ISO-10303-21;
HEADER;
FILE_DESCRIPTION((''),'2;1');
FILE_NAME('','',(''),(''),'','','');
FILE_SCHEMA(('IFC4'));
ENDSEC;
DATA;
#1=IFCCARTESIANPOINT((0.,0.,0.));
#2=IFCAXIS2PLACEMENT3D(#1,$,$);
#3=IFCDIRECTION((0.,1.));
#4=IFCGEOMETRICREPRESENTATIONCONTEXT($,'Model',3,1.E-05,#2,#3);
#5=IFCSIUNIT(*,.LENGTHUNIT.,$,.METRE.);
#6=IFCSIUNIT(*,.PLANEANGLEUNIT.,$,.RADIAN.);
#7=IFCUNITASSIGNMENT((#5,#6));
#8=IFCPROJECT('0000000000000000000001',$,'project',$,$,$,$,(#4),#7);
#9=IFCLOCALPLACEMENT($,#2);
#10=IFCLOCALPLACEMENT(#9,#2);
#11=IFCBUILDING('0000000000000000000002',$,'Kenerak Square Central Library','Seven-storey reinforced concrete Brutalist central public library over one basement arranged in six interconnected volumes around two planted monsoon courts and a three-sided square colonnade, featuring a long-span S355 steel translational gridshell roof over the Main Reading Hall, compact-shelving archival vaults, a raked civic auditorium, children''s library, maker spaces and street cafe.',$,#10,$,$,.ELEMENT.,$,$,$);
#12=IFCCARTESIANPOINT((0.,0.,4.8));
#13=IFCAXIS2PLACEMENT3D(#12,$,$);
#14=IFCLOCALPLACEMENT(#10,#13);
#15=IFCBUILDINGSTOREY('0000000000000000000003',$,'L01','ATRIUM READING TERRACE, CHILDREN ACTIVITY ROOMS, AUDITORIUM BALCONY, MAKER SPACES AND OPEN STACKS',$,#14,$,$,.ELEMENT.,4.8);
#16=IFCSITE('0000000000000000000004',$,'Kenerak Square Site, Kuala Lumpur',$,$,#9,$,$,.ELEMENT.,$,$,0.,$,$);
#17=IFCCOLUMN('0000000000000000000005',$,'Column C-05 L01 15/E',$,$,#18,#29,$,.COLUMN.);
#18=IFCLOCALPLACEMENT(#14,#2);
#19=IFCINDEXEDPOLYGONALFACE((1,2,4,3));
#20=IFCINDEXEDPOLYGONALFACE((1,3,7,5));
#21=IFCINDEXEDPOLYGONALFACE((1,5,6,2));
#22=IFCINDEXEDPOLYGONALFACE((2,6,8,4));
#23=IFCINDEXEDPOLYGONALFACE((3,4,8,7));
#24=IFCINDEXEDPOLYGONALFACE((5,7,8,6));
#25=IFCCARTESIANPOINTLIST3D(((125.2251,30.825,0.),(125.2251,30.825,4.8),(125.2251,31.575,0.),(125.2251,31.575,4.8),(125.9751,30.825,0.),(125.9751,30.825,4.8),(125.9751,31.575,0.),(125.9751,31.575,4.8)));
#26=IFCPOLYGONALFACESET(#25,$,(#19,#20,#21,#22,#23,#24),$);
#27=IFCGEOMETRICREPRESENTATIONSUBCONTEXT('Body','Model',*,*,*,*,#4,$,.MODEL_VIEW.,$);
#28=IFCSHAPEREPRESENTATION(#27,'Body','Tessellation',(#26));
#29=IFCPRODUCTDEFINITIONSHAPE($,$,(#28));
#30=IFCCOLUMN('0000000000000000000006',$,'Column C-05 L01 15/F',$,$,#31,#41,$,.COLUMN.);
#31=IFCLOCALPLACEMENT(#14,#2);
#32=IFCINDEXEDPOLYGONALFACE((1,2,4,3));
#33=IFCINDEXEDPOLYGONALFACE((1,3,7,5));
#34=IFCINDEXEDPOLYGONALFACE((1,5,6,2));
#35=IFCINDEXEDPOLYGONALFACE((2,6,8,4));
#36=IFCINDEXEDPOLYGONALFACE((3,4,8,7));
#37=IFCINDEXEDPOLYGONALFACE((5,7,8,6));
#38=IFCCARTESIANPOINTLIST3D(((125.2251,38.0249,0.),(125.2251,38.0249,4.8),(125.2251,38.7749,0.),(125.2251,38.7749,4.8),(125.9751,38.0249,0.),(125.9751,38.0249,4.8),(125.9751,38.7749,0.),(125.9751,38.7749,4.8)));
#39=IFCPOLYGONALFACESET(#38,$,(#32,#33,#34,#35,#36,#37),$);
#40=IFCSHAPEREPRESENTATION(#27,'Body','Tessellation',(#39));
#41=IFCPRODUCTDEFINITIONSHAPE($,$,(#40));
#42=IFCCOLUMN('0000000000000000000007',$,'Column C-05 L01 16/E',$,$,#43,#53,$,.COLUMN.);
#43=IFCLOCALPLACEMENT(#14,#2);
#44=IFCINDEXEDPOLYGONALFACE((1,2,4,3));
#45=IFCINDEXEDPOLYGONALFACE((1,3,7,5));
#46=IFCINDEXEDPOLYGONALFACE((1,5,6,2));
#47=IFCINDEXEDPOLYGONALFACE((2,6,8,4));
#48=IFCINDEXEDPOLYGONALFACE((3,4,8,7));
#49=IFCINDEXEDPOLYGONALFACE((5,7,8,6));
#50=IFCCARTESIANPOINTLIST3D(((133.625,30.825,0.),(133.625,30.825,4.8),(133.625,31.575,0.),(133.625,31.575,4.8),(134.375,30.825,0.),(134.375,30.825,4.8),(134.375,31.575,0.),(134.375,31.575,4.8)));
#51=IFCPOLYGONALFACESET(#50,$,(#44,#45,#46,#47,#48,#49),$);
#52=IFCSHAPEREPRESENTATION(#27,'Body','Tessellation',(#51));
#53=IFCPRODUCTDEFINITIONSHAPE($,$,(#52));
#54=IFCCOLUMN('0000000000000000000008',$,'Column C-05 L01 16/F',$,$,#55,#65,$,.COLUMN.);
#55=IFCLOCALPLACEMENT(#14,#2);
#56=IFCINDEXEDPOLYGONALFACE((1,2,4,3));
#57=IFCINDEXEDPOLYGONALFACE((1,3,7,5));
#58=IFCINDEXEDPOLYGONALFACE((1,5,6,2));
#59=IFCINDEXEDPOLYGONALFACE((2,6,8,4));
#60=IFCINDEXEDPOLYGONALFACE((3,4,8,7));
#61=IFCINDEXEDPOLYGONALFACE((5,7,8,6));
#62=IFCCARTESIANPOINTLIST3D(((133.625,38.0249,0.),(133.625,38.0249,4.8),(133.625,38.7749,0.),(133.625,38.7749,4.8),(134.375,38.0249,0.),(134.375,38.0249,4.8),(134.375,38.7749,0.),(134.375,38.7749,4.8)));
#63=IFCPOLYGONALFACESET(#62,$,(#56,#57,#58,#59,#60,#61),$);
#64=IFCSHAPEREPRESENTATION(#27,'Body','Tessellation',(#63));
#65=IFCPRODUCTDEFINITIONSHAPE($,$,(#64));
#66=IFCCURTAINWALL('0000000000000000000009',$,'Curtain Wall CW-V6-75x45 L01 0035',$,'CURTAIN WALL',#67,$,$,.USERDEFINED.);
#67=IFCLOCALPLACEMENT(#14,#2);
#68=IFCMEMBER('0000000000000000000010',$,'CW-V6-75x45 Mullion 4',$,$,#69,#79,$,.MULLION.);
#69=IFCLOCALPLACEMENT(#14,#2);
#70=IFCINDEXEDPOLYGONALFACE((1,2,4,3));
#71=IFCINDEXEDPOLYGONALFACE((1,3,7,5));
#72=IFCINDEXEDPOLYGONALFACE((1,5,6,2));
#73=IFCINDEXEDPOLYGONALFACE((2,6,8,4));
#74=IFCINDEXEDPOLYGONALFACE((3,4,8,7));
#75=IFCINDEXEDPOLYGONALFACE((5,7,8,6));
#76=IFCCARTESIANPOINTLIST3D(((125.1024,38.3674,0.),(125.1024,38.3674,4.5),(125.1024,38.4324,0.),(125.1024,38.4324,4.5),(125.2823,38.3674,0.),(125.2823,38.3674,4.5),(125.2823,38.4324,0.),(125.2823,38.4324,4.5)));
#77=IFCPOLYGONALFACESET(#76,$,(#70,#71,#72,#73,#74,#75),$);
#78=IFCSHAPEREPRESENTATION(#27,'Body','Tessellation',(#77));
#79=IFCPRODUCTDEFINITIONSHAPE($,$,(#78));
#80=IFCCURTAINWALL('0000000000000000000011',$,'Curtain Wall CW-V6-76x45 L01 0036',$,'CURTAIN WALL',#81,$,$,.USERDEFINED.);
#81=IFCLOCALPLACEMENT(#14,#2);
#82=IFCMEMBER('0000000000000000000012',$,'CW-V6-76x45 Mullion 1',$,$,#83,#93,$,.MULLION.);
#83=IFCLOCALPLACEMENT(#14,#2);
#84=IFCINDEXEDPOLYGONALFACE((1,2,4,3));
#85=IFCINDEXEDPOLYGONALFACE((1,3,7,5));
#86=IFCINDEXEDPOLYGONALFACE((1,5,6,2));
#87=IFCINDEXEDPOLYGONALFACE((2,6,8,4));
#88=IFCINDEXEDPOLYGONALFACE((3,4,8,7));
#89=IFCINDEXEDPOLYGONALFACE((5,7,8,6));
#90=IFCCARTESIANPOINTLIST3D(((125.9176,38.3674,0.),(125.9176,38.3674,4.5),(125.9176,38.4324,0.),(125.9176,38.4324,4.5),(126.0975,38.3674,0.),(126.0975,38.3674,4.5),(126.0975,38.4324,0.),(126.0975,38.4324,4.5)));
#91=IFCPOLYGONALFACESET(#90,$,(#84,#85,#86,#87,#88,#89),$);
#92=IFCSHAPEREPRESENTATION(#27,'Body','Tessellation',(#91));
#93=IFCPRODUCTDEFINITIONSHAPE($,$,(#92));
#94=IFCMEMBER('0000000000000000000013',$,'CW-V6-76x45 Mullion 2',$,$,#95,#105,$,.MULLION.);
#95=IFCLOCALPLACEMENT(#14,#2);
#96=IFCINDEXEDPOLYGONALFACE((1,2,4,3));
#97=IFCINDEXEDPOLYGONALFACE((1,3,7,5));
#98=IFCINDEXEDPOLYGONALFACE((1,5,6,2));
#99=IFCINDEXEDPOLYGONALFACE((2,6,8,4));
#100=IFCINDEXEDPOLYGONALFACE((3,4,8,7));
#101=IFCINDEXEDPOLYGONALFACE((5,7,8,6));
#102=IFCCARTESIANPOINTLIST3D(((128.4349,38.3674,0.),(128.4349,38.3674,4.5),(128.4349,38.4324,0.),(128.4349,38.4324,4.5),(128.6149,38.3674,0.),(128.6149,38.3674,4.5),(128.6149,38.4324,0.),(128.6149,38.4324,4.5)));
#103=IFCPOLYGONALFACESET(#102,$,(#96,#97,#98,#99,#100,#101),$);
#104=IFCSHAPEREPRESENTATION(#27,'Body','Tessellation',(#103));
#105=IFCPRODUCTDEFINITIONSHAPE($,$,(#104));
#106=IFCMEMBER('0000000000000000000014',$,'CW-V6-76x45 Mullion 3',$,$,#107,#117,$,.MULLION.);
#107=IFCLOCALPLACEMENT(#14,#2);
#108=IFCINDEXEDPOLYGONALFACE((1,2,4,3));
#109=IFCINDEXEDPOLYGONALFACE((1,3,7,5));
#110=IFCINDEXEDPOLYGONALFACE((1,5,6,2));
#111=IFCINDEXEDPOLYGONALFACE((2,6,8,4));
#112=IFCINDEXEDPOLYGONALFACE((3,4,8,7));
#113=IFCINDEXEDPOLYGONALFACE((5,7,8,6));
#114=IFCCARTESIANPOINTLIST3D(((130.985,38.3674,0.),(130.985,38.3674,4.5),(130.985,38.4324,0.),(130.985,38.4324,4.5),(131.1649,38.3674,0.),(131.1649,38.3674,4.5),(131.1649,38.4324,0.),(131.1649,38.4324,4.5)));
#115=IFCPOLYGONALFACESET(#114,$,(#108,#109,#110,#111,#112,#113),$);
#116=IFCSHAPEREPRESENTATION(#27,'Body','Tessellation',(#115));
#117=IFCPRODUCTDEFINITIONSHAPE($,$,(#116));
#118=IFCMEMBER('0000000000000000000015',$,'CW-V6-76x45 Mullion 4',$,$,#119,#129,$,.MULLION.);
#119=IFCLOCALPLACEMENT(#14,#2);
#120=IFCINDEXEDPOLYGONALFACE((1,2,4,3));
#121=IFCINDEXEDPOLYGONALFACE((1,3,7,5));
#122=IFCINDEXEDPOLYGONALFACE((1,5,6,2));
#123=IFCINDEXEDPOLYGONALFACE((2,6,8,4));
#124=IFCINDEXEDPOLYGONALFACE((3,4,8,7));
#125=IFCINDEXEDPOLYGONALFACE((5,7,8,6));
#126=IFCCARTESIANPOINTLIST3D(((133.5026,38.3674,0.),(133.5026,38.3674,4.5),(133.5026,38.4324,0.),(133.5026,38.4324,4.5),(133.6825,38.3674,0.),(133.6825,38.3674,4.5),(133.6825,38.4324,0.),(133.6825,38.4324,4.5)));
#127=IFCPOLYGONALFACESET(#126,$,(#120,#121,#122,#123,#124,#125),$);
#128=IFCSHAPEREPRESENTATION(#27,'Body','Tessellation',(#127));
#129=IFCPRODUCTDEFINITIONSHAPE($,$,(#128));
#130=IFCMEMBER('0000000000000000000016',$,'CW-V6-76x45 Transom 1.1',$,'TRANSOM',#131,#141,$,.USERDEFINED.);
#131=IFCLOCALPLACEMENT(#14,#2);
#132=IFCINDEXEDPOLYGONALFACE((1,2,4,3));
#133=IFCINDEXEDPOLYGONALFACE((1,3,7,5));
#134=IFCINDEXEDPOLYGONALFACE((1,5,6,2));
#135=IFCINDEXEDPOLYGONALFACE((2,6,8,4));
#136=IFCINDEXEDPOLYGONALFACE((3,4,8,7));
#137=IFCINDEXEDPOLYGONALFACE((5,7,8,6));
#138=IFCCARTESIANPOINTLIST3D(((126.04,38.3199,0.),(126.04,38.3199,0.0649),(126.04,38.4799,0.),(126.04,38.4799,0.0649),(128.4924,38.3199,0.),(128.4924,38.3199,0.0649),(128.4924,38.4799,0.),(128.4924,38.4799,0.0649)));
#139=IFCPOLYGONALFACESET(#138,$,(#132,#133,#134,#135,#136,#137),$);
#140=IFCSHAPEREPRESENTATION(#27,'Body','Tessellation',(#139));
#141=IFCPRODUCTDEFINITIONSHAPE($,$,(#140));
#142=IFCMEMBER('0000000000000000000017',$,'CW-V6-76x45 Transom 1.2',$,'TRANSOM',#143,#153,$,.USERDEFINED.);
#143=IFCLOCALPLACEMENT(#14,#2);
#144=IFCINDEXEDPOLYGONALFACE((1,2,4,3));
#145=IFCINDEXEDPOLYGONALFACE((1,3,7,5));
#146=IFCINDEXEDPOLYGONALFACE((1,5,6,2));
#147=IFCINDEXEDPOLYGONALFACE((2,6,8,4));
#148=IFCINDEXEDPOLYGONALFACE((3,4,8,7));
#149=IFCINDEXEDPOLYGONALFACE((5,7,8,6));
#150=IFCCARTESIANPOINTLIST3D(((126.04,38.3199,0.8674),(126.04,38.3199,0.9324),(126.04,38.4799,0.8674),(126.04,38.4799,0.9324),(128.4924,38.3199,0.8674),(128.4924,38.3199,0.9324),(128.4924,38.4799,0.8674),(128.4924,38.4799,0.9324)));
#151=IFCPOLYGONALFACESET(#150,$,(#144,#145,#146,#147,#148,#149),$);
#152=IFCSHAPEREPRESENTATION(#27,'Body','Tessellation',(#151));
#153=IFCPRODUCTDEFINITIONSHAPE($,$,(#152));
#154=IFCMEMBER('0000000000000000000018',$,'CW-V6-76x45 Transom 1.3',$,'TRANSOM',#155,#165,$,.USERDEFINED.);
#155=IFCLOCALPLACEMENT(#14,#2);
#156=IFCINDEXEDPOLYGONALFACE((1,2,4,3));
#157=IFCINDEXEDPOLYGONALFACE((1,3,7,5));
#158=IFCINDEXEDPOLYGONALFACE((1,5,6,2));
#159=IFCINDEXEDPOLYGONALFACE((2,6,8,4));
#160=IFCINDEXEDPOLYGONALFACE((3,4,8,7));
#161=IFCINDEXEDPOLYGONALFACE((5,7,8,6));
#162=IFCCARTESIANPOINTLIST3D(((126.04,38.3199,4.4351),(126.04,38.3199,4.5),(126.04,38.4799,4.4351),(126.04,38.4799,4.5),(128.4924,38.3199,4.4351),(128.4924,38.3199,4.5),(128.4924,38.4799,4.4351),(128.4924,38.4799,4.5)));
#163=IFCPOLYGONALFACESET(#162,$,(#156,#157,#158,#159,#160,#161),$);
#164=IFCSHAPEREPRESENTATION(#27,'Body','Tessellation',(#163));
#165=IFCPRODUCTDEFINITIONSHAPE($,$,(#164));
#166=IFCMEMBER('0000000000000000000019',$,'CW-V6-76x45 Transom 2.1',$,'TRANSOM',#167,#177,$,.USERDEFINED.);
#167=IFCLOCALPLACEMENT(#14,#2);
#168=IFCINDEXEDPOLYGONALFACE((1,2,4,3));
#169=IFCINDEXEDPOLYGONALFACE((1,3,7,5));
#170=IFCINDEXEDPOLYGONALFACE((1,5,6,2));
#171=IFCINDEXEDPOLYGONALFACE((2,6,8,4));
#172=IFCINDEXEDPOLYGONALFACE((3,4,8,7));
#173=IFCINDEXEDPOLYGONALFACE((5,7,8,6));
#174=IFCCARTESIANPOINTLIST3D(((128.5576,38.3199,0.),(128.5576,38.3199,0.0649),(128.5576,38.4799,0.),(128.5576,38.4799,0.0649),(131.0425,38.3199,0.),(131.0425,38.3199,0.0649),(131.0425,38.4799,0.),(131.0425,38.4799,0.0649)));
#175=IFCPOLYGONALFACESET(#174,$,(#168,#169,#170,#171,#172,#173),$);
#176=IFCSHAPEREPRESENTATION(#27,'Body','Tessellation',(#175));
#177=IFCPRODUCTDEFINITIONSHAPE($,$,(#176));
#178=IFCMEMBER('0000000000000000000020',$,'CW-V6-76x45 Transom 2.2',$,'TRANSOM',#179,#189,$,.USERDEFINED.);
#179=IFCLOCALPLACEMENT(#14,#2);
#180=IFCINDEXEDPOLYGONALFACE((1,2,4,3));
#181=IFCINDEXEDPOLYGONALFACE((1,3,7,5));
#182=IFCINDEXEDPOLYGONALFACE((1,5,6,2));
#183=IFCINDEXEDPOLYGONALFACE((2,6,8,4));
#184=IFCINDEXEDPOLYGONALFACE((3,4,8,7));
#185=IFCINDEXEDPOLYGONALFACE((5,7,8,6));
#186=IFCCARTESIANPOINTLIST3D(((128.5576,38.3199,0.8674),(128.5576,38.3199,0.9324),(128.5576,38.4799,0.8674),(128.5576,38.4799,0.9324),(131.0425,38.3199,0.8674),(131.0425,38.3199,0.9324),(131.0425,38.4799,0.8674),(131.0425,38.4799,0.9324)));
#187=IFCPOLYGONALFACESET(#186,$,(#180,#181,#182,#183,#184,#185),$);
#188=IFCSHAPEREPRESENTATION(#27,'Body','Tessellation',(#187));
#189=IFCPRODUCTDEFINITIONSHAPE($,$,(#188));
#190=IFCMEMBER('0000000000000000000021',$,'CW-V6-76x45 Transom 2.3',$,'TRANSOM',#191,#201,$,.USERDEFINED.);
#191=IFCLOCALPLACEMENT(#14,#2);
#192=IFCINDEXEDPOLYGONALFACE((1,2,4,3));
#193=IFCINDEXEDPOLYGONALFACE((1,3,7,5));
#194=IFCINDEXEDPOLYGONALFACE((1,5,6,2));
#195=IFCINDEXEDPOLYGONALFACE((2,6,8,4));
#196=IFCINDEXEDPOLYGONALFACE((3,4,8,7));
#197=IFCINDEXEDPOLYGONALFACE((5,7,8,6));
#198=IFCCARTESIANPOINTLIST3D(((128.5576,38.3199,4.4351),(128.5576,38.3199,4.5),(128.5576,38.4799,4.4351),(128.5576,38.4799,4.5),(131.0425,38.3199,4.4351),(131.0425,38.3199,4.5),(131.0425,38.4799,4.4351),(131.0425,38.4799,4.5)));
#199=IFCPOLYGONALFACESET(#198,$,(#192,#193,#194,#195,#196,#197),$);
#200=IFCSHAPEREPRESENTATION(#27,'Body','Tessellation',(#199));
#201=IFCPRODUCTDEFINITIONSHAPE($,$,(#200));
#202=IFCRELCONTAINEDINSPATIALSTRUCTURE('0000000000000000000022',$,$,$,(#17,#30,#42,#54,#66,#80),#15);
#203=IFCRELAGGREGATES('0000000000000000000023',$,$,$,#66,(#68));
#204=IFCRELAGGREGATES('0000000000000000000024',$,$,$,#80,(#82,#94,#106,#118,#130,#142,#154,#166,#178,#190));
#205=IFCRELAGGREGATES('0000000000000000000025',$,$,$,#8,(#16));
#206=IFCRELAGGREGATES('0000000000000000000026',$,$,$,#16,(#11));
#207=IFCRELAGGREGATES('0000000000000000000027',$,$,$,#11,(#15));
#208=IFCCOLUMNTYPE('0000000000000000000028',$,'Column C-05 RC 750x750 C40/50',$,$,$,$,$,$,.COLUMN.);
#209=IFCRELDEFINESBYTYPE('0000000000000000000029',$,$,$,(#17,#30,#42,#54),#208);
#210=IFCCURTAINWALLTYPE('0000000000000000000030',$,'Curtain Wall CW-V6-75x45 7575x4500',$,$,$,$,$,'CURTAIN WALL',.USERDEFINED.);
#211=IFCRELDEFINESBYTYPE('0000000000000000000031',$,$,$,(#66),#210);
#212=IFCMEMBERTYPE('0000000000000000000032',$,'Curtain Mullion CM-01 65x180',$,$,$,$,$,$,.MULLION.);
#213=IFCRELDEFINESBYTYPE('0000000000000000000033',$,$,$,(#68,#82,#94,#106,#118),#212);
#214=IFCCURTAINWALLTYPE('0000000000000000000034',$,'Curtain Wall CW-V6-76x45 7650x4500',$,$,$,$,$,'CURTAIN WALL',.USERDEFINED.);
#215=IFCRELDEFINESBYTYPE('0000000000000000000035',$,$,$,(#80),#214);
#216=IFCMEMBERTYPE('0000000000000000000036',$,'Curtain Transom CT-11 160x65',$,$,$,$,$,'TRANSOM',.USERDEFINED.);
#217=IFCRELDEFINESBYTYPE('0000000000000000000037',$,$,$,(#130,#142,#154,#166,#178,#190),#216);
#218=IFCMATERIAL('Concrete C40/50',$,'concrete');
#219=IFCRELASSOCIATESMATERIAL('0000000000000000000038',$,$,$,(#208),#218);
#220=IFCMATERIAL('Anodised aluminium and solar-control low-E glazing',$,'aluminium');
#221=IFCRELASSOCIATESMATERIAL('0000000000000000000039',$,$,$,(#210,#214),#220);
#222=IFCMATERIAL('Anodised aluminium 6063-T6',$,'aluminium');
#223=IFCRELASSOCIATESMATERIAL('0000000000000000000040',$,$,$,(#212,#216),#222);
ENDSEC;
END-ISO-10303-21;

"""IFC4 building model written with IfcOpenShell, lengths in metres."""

from ifc_helpers import new_model, si_unit, direction, frame, origin, origin_2d, place, context, subcontext, project, spatial, rectangle, extrude, material, material_profile, profile_set, type_object, element, aggregate, save


model = new_model("IFC4")

# Units and contexts
model_context = context("Model", 3, precision=1e-05, world=origin(), true_north=direction((0.0, 1.0)))
body_context = subcontext(model_context, "Body", "Model", "MODEL_VIEW")
ifc_project = project(units=[si_unit("LENGTHUNIT", "METRE"), si_unit("PLANEANGLEUNIT", "RADIAN")], contexts=[model_context])

# Site, building, storey
site_placement = place(None, origin())
site = spatial("IfcSite", under=ifc_project, at=site_placement, Name="Kenerak Square Site, Kuala Lumpur", CompositionType="ELEMENT", RefElevation=0.0)
building_placement = place(site_placement, origin())
building = spatial("IfcBuilding", under=site, at=building_placement, Name="Kenerak Square Central Library", Description="Seven-storey reinforced concrete Brutalist central public library over one basement arranged in six interconnected volumes around two planted monsoon courts and a three-sided square colonnade, featuring a long-span S355 steel translational gridshell roof over the Main Reading Hall, compact-shelving archival vaults, a raked civic auditorium, children's library, maker spaces and street cafe.", CompositionType="ELEMENT")
storey_placement = place(building_placement, frame((0.0, 0.0, 4.8)))
storey = spatial("IfcBuildingStorey", under=building, at=storey_placement, Name="L01", Description="ATRIUM READING TERRACE, CHILDREN ACTIVITY ROOMS, AUDITORIUM BALCONY, MAKER SPACES AND OPEN STACKS", CompositionType="ELEMENT", Elevation=4.8)

# Columns
ifc_material_1 = material(Name="Concrete C40/50", Category="concrete")
ifc_material_profile_1 = material_profile(ifc_material_1, rectangle(XDim=0.75, YDim=0.75, at=origin_2d()), Name="RC 750x750")
ifc_profile_set_1 = profile_set([ifc_material_profile_1], Name="Concrete C40/50")
column_type = type_object("IfcColumnType", Name="Column C-05 RC 750x750 C40/50", PredefinedType="COLUMN", material=ifc_profile_set_1)
for number, where, z_axis, x_axis, name in (
    (1, (125.6001, 31.2, 0.0), (0.0, 0.0, 1.0), (1.0, 0.0, 0.0), "Column C-05 L01 15/E"),
    (2, (125.6001, 38.3999, 0.0), (0.0, 0.0, 1.0), (1.0, 0.0, 0.0), "Column C-05 L01 15/F"),
    (3, (134.0, 31.2, 0.0), (0.0, 0.0, 1.0), (1.0, 0.0, 0.0), "Column C-05 L01 16/E"),
    (4, (134.0, 38.3999, 0.0), (0.0, 0.0, 1.0), (1.0, 0.0, 0.0), "Column C-05 L01 16/F"),
):
    element("IfcColumn", number, at=place(storey_placement, frame(where, z_axis=z_axis, x_axis=x_axis)), inside=storey, type_object=column_type, Name=name, PredefinedType="COLUMN", context=body_context, shape_type="SweptSolid", body=[
        extrude(rectangle(XDim=0.75, YDim=0.75, at=origin_2d()), origin(), (0.0, 0.0, 1.0), 4.8),
    ])

# Curtain wall, member
ifc_material_2 = material(Name="Anodised aluminium and solar-control low-E glazing", Category="aluminium")
curtain_wall_type_1 = type_object("IfcCurtainWallType", Name="Curtain Wall CW-V6-75x45 7575x4500", ElementType="CURTAIN WALL", PredefinedType="USERDEFINED", material=ifc_material_2)
curtain_wall_1_placement = place(storey_placement, origin())
curtain_wall_1 = element("IfcCurtainWall", 5, at=curtain_wall_1_placement, inside=storey, type_object=curtain_wall_type_1, Name="Curtain Wall CW-V6-75x45 L01 0035", ObjectType="CURTAIN WALL", PredefinedType="USERDEFINED")
ifc_material_3 = material(Name="Anodised aluminium 6063-T6", Category="aluminium")
ifc_material_profile_2 = material_profile(ifc_material_3, rectangle(XDim=0.0649, YDim=0.1799, at=origin_2d()), Name="AL MULLION 65x180")
ifc_profile_set_2 = profile_set([ifc_material_profile_2], Name="Anodised aluminium 6063-T6")
member_type_1 = type_object("IfcMemberType", Name="Curtain Mullion CM-01 65x180", PredefinedType="MULLION", material=ifc_profile_set_2)
member_1_placement = place(storey_placement, frame((125.1924, 38.3999, 0.0), z_axis=(0.0, 0.0, 1.0), x_axis=(0.0, 1.0, 0.0)))
member_1 = element("IfcMember", 6, at=member_1_placement, type_object=member_type_1, Name="CW-V6-75x45 Mullion 4", PredefinedType="MULLION", context=body_context, shape_type="SweptSolid", body=[
    extrude(rectangle(XDim=0.0649, YDim=0.1799, at=origin_2d()), origin(), (0.0, 0.0, 1.0), 4.5),
])
aggregate(curtain_wall_1, [member_1])

# Curtain wall, members
curtain_wall_type_2 = type_object("IfcCurtainWallType", Name="Curtain Wall CW-V6-76x45 7650x4500", ElementType="CURTAIN WALL", PredefinedType="USERDEFINED", material=ifc_material_2)
curtain_wall_2_placement = place(storey_placement, origin())
curtain_wall_2 = element("IfcCurtainWall", 7, at=curtain_wall_2_placement, inside=storey, type_object=curtain_wall_type_2, Name="Curtain Wall CW-V6-76x45 L01 0036", ObjectType="CURTAIN WALL", PredefinedType="USERDEFINED")
member_2_placement = place(storey_placement, frame((126.0076, 38.3999, 0.0), z_axis=(0.0, 0.0, 1.0), x_axis=(0.0, 1.0, 0.0)))
member_2 = element("IfcMember", 8, at=member_2_placement, type_object=member_type_1, Name="CW-V6-76x45 Mullion 1", PredefinedType="MULLION", context=body_context, shape_type="SweptSolid", body=[
    extrude(rectangle(XDim=0.0649, YDim=0.1799, at=origin_2d()), origin(), (0.0, 0.0, 1.0), 4.5),
])
member_3_placement = place(storey_placement, frame((128.5249, 38.3999, 0.0), z_axis=(0.0, 0.0, 1.0), x_axis=(0.0, 1.0, 0.0)))
member_3 = element("IfcMember", 9, at=member_3_placement, type_object=member_type_1, Name="CW-V6-76x45 Mullion 2", PredefinedType="MULLION", context=body_context, shape_type="SweptSolid", body=[
    extrude(rectangle(XDim=0.0649, YDim=0.1799, at=origin_2d()), origin(), (0.0, 0.0, 1.0), 4.5),
])
member_4_placement = place(storey_placement, frame((131.075, 38.3999, 0.0), z_axis=(0.0, 0.0, 1.0), x_axis=(0.0, 1.0, 0.0)))
member_4 = element("IfcMember", 10, at=member_4_placement, type_object=member_type_1, Name="CW-V6-76x45 Mullion 3", PredefinedType="MULLION", context=body_context, shape_type="SweptSolid", body=[
    extrude(rectangle(XDim=0.0649, YDim=0.1799, at=origin_2d()), origin(), (0.0, 0.0, 1.0), 4.5),
])
member_5_placement = place(storey_placement, frame((133.5925, 38.3999, 0.0), z_axis=(0.0, 0.0, 1.0), x_axis=(0.0, 1.0, 0.0)))
member_5 = element("IfcMember", 11, at=member_5_placement, type_object=member_type_1, Name="CW-V6-76x45 Mullion 4", PredefinedType="MULLION", context=body_context, shape_type="SweptSolid", body=[
    extrude(rectangle(XDim=0.0649, YDim=0.1799, at=origin_2d()), origin(), (0.0, 0.0, 1.0), 4.5),
])
ifc_material_profile_3 = material_profile(ifc_material_3, rectangle(XDim=0.1599, YDim=0.0649, at=origin_2d()), Name="AL TRANSOM 160x65")
ifc_profile_set_3 = profile_set([ifc_material_profile_3], Name="Anodised aluminium 6063-T6")
member_type_2 = type_object("IfcMemberType", Name="Curtain Transom CT-11 160x65", ElementType="TRANSOM", PredefinedType="USERDEFINED", material=ifc_profile_set_3)
member_6_placement = place(storey_placement, frame((126.04, 38.3999, 0.0325), z_axis=(1.0, 0.0, 0.0), x_axis=(0.0, 1.0, 0.0)))
member_6 = element("IfcMember", 12, at=member_6_placement, type_object=member_type_2, Name="CW-V6-76x45 Transom 1.1", ObjectType="TRANSOM", PredefinedType="USERDEFINED", context=body_context, shape_type="SweptSolid", body=[
    extrude(rectangle(XDim=0.1599, YDim=0.0649, at=origin_2d()), origin(), (0.0, 0.0, 1.0), 2.4524),
])
member_7_placement = place(storey_placement, frame((126.04, 38.3999, 0.8999), z_axis=(1.0, 0.0, 0.0), x_axis=(0.0, 1.0, 0.0)))
member_7 = element("IfcMember", 13, at=member_7_placement, type_object=member_type_2, Name="CW-V6-76x45 Transom 1.2", ObjectType="TRANSOM", PredefinedType="USERDEFINED", context=body_context, shape_type="SweptSolid", body=[
    extrude(rectangle(XDim=0.1599, YDim=0.0649, at=origin_2d()), origin(), (0.0, 0.0, 1.0), 2.4524),
])
member_8_placement = place(storey_placement, frame((126.04, 38.3999, 4.4675), z_axis=(1.0, 0.0, 0.0), x_axis=(0.0, 1.0, 0.0)))
member_8 = element("IfcMember", 14, at=member_8_placement, type_object=member_type_2, Name="CW-V6-76x45 Transom 1.3", ObjectType="TRANSOM", PredefinedType="USERDEFINED", context=body_context, shape_type="SweptSolid", body=[
    extrude(rectangle(XDim=0.1599, YDim=0.0649, at=origin_2d()), origin(), (0.0, 0.0, 1.0), 2.4524),
])
member_9_placement = place(storey_placement, frame((128.5576, 38.3999, 0.0325), z_axis=(1.0, 0.0, 0.0), x_axis=(0.0, 1.0, 0.0)))
member_9 = element("IfcMember", 15, at=member_9_placement, type_object=member_type_2, Name="CW-V6-76x45 Transom 2.1", ObjectType="TRANSOM", PredefinedType="USERDEFINED", context=body_context, shape_type="SweptSolid", body=[
    extrude(rectangle(XDim=0.1599, YDim=0.0649, at=origin_2d()), origin(), (0.0, 0.0, 1.0), 2.4849),
])
member_10_placement = place(storey_placement, frame((128.5576, 38.3999, 0.8999), z_axis=(1.0, 0.0, 0.0), x_axis=(0.0, 1.0, 0.0)))
member_10 = element("IfcMember", 16, at=member_10_placement, type_object=member_type_2, Name="CW-V6-76x45 Transom 2.2", ObjectType="TRANSOM", PredefinedType="USERDEFINED", context=body_context, shape_type="SweptSolid", body=[
    extrude(rectangle(XDim=0.1599, YDim=0.0649, at=origin_2d()), origin(), (0.0, 0.0, 1.0), 2.4849),
])
member_11_placement = place(storey_placement, frame((128.5576, 38.3999, 4.4675), z_axis=(1.0, 0.0, 0.0), x_axis=(0.0, 1.0, 0.0)))
member_11 = element("IfcMember", 17, at=member_11_placement, type_object=member_type_2, Name="CW-V6-76x45 Transom 2.3", ObjectType="TRANSOM", PredefinedType="USERDEFINED", context=body_context, shape_type="SweptSolid", body=[
    extrude(rectangle(XDim=0.1599, YDim=0.0649, at=origin_2d()), origin(), (0.0, 0.0, 1.0), 2.4849),
])

aggregate(curtain_wall_2, [member_2, member_3, member_4, member_5, member_6, member_7, member_8, member_9, member_10, member_11])

save(model, "model.ifc")
